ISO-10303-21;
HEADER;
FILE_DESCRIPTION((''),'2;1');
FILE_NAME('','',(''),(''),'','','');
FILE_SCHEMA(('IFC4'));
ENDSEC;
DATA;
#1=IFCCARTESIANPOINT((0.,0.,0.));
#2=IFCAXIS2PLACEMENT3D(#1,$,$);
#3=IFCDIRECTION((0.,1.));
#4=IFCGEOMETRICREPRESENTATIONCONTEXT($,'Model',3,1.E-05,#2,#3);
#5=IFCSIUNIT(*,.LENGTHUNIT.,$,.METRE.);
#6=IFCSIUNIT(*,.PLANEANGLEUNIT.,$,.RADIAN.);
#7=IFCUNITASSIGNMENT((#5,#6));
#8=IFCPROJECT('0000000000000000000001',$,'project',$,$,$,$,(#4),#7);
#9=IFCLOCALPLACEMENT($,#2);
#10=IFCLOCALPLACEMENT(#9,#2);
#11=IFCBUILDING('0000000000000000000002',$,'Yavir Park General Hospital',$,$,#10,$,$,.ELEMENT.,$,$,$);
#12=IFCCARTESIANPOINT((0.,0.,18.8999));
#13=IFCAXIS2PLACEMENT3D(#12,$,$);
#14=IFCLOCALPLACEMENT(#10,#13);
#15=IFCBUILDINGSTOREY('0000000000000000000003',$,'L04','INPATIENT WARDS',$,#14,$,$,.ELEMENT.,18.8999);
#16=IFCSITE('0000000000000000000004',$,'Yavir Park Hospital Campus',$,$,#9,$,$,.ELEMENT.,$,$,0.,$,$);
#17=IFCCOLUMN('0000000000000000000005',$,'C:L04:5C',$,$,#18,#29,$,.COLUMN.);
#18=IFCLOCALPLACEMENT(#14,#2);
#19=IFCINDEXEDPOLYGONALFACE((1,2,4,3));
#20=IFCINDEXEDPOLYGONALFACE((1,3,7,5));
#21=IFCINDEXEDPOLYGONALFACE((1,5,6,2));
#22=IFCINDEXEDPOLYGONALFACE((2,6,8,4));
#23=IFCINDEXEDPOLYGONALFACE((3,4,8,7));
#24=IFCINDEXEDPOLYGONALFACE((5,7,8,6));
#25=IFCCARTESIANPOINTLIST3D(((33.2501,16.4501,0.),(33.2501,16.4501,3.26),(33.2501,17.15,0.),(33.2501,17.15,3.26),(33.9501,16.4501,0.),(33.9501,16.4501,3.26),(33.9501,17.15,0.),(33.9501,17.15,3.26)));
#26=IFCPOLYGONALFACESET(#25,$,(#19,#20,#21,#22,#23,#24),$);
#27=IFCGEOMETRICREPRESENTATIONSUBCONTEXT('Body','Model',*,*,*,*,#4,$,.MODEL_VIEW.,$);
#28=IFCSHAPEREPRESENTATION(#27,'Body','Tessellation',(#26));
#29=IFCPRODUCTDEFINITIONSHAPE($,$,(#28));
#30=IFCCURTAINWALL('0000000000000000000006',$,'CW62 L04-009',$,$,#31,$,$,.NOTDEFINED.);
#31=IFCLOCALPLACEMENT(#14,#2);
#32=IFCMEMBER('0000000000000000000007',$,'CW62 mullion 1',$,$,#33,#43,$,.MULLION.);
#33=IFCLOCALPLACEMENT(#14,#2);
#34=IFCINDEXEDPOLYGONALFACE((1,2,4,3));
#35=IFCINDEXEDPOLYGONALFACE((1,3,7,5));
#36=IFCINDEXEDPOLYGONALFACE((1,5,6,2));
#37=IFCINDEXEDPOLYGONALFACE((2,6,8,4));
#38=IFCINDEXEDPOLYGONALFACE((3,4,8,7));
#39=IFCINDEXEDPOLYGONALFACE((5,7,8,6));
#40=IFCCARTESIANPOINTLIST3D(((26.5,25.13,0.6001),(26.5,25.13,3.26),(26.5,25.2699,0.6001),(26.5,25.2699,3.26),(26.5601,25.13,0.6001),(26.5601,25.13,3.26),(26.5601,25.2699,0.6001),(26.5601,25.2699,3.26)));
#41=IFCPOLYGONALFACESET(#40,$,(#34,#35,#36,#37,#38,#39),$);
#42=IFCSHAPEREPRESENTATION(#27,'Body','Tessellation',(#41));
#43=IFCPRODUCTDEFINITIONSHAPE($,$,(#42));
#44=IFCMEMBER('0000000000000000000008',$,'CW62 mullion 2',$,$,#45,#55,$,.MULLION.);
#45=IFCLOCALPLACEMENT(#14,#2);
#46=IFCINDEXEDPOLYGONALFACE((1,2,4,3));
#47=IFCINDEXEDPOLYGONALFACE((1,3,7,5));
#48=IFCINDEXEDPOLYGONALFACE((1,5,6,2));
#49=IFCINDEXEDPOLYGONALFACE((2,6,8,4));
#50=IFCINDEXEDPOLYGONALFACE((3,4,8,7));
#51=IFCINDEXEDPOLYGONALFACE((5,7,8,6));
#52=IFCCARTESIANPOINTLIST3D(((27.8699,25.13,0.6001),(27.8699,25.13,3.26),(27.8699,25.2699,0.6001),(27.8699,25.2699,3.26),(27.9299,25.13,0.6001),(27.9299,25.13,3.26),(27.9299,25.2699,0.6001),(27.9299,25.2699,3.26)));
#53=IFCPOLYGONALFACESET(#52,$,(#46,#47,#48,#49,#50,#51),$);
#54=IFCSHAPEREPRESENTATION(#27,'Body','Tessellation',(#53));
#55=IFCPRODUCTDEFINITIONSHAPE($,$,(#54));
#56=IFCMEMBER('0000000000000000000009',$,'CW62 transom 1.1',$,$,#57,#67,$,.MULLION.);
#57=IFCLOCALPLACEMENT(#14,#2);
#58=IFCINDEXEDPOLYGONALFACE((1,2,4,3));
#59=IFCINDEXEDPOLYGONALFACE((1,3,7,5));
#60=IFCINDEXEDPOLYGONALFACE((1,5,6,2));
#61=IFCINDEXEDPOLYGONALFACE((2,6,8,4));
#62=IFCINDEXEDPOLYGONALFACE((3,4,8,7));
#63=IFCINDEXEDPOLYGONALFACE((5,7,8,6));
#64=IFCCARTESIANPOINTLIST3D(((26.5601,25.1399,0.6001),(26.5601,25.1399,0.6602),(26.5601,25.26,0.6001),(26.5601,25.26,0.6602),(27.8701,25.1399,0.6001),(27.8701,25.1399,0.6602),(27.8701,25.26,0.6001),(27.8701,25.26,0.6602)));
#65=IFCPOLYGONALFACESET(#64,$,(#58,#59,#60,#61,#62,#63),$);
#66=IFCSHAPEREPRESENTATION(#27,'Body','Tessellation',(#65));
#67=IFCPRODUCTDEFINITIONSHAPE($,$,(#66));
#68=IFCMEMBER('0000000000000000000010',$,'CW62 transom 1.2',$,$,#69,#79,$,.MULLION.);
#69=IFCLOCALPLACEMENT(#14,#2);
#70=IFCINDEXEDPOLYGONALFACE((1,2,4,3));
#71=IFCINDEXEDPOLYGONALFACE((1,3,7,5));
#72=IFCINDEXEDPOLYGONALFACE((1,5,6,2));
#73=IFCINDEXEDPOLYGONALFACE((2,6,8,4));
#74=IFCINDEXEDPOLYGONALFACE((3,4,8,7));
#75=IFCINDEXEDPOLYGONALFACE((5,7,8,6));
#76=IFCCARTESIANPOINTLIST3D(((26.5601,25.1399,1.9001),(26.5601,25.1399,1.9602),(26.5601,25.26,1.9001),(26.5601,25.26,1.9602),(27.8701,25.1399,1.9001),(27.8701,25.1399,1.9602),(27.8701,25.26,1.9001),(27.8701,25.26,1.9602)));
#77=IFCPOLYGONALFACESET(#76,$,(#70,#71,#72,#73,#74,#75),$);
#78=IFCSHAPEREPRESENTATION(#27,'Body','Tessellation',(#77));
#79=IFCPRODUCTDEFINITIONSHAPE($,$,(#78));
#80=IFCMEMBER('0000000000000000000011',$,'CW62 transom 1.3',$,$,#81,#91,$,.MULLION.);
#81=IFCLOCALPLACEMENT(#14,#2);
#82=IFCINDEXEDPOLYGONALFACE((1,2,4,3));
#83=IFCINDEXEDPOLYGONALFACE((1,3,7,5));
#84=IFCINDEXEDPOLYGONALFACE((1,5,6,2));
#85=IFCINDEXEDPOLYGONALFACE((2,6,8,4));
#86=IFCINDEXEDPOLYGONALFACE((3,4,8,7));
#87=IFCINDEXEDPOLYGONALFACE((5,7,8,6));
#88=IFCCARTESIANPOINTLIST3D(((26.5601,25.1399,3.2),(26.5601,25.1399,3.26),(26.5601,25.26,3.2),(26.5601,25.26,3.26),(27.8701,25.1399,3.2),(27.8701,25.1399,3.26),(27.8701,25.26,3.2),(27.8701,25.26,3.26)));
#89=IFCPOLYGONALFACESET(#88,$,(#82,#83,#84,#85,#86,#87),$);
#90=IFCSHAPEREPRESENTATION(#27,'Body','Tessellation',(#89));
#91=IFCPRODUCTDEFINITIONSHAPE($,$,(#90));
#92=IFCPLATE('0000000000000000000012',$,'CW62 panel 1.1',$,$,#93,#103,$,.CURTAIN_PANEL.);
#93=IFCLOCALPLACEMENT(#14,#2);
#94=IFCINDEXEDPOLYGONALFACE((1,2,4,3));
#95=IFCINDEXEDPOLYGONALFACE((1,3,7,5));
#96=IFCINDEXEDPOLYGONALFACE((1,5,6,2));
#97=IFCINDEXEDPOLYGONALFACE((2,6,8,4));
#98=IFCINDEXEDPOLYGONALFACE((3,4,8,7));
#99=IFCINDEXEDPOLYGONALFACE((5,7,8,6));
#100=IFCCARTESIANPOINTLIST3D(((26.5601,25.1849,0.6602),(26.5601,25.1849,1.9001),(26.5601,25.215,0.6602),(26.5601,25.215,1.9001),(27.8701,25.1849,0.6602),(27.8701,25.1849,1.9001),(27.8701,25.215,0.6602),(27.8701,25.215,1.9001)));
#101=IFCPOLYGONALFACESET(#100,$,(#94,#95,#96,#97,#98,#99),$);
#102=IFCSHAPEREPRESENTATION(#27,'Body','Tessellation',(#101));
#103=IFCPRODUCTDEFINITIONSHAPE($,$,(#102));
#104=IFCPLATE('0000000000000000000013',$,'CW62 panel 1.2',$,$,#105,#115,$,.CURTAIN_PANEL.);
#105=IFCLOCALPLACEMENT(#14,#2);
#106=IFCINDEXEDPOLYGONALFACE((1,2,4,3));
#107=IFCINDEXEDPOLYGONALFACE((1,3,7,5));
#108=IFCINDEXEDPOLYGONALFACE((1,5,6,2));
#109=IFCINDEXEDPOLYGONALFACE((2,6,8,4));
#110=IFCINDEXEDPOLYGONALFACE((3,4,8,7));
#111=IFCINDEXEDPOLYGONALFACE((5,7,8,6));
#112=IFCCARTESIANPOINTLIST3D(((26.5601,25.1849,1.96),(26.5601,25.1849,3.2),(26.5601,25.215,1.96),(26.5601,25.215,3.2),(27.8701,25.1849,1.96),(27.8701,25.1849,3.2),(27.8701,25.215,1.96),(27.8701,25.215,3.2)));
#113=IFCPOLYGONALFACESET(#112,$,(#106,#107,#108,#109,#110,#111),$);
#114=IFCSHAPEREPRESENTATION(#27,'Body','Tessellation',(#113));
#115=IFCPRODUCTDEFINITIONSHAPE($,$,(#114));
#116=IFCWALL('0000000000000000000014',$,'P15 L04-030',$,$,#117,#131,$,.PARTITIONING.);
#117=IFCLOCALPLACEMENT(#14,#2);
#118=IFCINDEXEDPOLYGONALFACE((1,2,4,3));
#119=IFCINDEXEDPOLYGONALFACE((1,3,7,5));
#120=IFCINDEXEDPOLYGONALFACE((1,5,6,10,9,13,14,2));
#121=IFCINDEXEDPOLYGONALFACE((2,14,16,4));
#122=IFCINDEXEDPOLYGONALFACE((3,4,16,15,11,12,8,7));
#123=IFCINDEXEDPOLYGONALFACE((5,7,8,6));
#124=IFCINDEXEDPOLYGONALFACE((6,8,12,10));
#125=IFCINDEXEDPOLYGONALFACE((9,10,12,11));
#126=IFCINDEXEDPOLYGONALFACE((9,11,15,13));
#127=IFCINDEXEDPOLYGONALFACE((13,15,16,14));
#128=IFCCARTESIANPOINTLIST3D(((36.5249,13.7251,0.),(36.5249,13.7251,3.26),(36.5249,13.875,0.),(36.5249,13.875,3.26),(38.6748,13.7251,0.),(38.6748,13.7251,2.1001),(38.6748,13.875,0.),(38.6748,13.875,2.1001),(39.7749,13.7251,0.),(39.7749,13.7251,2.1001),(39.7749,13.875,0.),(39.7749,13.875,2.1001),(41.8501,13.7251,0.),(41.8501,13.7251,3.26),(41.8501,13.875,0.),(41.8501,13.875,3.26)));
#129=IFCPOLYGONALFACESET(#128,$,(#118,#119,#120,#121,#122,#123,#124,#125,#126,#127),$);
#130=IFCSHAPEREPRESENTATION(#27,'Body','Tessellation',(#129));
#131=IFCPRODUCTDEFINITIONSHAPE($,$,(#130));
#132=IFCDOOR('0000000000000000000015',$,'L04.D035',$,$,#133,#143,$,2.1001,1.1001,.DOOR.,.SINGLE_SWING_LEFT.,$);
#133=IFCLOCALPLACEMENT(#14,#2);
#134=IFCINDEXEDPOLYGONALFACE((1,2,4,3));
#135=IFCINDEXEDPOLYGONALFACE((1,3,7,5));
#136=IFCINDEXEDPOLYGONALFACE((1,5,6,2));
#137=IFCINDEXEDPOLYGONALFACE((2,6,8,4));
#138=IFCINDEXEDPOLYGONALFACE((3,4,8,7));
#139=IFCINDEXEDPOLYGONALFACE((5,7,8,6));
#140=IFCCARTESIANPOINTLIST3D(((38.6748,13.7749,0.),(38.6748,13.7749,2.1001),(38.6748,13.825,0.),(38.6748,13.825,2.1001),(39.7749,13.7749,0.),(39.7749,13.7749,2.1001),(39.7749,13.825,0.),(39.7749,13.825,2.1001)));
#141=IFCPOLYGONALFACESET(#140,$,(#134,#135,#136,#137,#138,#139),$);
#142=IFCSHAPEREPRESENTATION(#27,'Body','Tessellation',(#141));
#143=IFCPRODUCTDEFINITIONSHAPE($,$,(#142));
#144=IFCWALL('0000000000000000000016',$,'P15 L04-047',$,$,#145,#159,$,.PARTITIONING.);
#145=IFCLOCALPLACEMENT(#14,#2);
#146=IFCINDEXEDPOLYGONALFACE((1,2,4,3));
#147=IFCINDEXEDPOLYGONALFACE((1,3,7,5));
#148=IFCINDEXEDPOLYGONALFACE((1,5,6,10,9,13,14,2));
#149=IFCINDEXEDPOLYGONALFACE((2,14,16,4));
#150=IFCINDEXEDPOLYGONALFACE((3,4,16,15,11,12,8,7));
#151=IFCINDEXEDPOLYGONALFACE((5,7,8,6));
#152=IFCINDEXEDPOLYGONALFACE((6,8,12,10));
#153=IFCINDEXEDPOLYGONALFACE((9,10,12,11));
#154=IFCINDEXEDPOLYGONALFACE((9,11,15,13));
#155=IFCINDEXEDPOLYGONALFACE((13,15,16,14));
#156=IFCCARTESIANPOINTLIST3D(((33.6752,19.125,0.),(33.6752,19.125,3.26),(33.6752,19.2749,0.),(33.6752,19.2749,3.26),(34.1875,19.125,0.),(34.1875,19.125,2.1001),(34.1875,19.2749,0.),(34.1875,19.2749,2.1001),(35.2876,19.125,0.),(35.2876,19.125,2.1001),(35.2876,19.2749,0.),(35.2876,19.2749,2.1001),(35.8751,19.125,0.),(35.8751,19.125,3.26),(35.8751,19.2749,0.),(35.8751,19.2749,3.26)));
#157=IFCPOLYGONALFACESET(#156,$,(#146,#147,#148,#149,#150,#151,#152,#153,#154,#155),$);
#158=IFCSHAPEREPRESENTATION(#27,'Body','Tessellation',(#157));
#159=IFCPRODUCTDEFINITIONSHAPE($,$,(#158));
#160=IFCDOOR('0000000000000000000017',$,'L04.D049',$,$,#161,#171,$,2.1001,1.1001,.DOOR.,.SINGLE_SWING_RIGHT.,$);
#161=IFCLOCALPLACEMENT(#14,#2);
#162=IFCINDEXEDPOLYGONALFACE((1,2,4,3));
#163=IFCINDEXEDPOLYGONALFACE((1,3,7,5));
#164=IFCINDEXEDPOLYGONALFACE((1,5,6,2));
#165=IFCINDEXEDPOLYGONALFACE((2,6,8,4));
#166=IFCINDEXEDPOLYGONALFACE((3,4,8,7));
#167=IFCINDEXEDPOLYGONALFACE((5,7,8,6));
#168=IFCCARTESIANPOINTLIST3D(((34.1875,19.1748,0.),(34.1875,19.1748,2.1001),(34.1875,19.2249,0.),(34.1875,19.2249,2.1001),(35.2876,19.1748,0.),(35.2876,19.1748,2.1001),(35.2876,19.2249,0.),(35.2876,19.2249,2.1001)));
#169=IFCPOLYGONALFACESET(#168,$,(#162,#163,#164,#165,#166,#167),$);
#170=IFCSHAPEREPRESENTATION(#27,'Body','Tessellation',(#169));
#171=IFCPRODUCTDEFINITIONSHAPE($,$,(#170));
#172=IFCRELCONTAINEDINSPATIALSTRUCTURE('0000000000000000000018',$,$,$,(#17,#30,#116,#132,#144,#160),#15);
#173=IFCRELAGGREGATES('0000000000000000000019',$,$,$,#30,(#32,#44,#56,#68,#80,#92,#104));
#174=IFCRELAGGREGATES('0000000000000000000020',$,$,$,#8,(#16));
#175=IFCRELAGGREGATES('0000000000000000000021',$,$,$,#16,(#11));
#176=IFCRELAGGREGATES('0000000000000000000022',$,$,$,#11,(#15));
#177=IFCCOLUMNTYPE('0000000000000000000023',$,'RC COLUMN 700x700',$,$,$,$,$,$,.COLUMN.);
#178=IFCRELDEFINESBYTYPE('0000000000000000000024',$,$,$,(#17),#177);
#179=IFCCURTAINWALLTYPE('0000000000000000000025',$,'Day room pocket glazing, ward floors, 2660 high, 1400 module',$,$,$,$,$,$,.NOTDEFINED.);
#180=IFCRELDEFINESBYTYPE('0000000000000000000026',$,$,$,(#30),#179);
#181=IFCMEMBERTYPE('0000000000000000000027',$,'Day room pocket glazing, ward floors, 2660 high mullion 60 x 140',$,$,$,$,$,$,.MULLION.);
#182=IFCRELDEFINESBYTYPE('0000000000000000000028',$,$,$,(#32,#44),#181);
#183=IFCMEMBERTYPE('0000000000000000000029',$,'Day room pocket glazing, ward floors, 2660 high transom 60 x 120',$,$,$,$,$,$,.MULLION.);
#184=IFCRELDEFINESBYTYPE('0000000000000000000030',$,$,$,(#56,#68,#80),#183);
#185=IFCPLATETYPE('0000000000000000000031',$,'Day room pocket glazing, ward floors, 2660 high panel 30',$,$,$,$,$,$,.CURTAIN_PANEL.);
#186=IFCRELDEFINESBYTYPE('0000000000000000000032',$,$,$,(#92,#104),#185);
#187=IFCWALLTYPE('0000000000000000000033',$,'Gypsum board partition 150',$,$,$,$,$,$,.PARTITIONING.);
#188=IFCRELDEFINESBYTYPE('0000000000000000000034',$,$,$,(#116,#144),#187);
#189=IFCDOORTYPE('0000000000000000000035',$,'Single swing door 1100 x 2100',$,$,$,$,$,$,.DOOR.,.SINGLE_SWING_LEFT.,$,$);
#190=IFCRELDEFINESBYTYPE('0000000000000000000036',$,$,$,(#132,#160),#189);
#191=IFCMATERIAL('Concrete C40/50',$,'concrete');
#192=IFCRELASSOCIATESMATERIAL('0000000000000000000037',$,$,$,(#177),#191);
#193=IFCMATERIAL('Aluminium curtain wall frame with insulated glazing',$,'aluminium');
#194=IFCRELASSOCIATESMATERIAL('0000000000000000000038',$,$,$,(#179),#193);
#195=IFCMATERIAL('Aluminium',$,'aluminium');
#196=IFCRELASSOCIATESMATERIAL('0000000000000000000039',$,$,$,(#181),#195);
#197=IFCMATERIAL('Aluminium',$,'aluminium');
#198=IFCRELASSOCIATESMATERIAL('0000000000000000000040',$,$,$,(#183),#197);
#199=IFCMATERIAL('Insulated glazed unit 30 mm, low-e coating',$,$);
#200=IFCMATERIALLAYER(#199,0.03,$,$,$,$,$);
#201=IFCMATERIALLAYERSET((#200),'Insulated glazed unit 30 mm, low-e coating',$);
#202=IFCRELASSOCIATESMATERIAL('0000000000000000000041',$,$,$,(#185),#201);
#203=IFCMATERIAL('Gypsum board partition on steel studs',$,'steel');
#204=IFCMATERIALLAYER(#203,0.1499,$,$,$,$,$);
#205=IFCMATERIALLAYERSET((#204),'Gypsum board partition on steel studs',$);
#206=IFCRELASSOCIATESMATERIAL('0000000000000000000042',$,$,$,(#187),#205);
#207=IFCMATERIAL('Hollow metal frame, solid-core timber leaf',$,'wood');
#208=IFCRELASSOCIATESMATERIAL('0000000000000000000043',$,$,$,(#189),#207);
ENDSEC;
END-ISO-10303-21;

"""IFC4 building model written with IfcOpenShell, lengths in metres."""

from ifc_helpers import new_model, si_unit, direction, frame, frame_2d, origin, origin_2d, place, context, subcontext, project, spatial, rectangle, extrude, material, layer, layer_set, material_profile, profile_set, type_object, element, fill, aggregate, save


model = new_model("IFC4")

# Units and contexts
model_context = context("Model", 3, precision=1e-05, world=origin(), true_north=direction((0.0, 1.0)))
body_context = subcontext(model_context, "Body", "Model", "MODEL_VIEW")
ifc_project = project(units=[si_unit("LENGTHUNIT", "METRE"), si_unit("PLANEANGLEUNIT", "RADIAN")], contexts=[model_context])

# Site, building, storey
site_placement = place(None, origin())
site = spatial("IfcSite", under=ifc_project, at=site_placement, Name="Yavir Park Hospital Campus", CompositionType="ELEMENT", RefElevation=0.0)
building_placement = place(site_placement, origin())
building = spatial("IfcBuilding", under=site, at=building_placement, Name="Yavir Park General Hospital", CompositionType="ELEMENT")
storey_placement = place(building_placement, frame((0.0, 0.0, 18.8999)))
storey = spatial("IfcBuildingStorey", under=building, at=storey_placement, Name="L04", Description="INPATIENT WARDS", CompositionType="ELEMENT", Elevation=18.8999)

# Column
ifc_material_1 = material(Name="Concrete C40/50", Category="concrete")
ifc_material_profile_1 = material_profile(ifc_material_1, rectangle(XDim=0.7, YDim=0.7, at=origin_2d()), Name="RC700x700")
ifc_profile_set_1 = profile_set([ifc_material_profile_1], Name="Concrete C40/50")
column_type = type_object("IfcColumnType", Name="RC COLUMN 700x700", PredefinedType="COLUMN", material=ifc_profile_set_1)
column_placement = place(storey_placement, frame((33.6001, 16.8, 0.0), z_axis=(0.0, 0.0, 1.0), x_axis=(1.0, 0.0, 0.0)))
element("IfcColumn", 1, at=column_placement, inside=storey, type_object=column_type, Name="C:L04:5C", PredefinedType="COLUMN", context=body_context, shape_type="SweptSolid", body=[
    extrude(rectangle(XDim=0.7, YDim=0.7, at=origin_2d()), origin(), (0.0, 0.0, 1.0), 3.26),
])

# Curtain wall, members, plates
ifc_material_2 = material(Name="Aluminium curtain wall frame with insulated glazing", Category="aluminium")
curtain_wall_type = type_object("IfcCurtainWallType", Name="Day room pocket glazing, ward floors, 2660 high, 1400 module", PredefinedType="NOTDEFINED", material=ifc_material_2)
curtain_wall_placement = place(storey_placement, origin())
curtain_wall = element("IfcCurtainWall", 2, at=curtain_wall_placement, inside=storey, type_object=curtain_wall_type, Name="CW62 L04-009", PredefinedType="NOTDEFINED")
ifc_material_3 = material(Name="Aluminium", Category="aluminium")
ifc_material_profile_2 = material_profile(ifc_material_3, rectangle(XDim=0.1399, YDim=0.0601, at=origin_2d()), Name="AL 60x140")
ifc_profile_set_2 = profile_set([ifc_material_profile_2], Name="Aluminium")
member_type_1 = type_object("IfcMemberType", Name="Day room pocket glazing, ward floors, 2660 high mullion 60 x 140", PredefinedType="MULLION", material=ifc_profile_set_2)
member_1_placement = place(storey_placement, frame((26.53, 25.2, 0.6001), z_axis=(0.0, 0.0, 1.0), x_axis=(0.0, 1.0, 0.0)))
member_1 = element("IfcMember", 3, at=member_1_placement, type_object=member_type_1, Name="CW62 mullion 1", PredefinedType="MULLION", context=body_context, shape_type="SweptSolid", body=[
    extrude(rectangle(XDim=0.1399, YDim=0.0601, at=origin_2d()), origin(), (0.0, 0.0, 1.0), 2.6599),
])
member_2_placement = place(storey_placement, frame((27.8999, 25.2, 0.6001), z_axis=(0.0, 0.0, 1.0), x_axis=(0.0, 1.0, 0.0)))
member_2 = element("IfcMember", 4, at=member_2_placement, type_object=member_type_1, Name="CW62 mullion 2", PredefinedType="MULLION", context=body_context, shape_type="SweptSolid", body=[
    extrude(rectangle(XDim=0.1399, YDim=0.0601, at=origin_2d()), origin(), (0.0, 0.0, 1.0), 2.6599),
])
ifc_material_4 = material(Name="Aluminium", Category="aluminium")
ifc_material_profile_3 = material_profile(ifc_material_4, rectangle(XDim=0.1201, YDim=0.0601, at=origin_2d()), Name="AL 120x60")
ifc_profile_set_3 = profile_set([ifc_material_profile_3], Name="Aluminium")
member_type_2 = type_object("IfcMemberType", Name="Day room pocket glazing, ward floors, 2660 high transom 60 x 120", PredefinedType="MULLION", material=ifc_profile_set_3)
member_3_placement = place(storey_placement, frame((26.5601, 25.2, 0.6301), z_axis=(1.0, 0.0, 0.0), x_axis=(0.0, 1.0, 0.0)))
member_3 = element("IfcMember", 5, at=member_3_placement, type_object=member_type_2, Name="CW62 transom 1.1", PredefinedType="MULLION", context=body_context, shape_type="SweptSolid", body=[
    extrude(rectangle(XDim=0.1201, YDim=0.0601, at=origin_2d()), origin(), (0.0, 0.0, 1.0), 1.3101),
])
member_4_placement = place(storey_placement, frame((26.5601, 25.2, 1.9302), z_axis=(1.0, 0.0, 0.0), x_axis=(0.0, 1.0, 0.0)))
member_4 = element("IfcMember", 6, at=member_4_placement, type_object=member_type_2, Name="CW62 transom 1.2", PredefinedType="MULLION", context=body_context, shape_type="SweptSolid", body=[
    extrude(rectangle(XDim=0.1201, YDim=0.0601, at=origin_2d()), origin(), (0.0, 0.0, 1.0), 1.3101),
])
member_5_placement = place(storey_placement, frame((26.5601, 25.2, 3.23), z_axis=(1.0, 0.0, 0.0), x_axis=(0.0, 1.0, 0.0)))
member_5 = element("IfcMember", 7, at=member_5_placement, type_object=member_type_2, Name="CW62 transom 1.3", PredefinedType="MULLION", context=body_context, shape_type="SweptSolid", body=[
    extrude(rectangle(XDim=0.1201, YDim=0.0601, at=origin_2d()), origin(), (0.0, 0.0, 1.0), 1.3101),
])
ifc_material_5 = material(Name="Insulated glazed unit 30 mm, low-e coating")
ifc_layer_1 = layer(ifc_material_5, 0.03)
ifc_layer_set_1 = layer_set([ifc_layer_1], Name="Insulated glazed unit 30 mm, low-e coating")
plate_type = type_object("IfcPlateType", Name="Day room pocket glazing, ward floors, 2660 high panel 30", PredefinedType="CURTAIN_PANEL", material=ifc_layer_set_1)
plate_1_placement = place(storey_placement, frame((27.2151, 25.2, 0.6602), z_axis=(0.0, 0.0, 1.0), x_axis=(1.0, 0.0, 0.0)))
plate_1 = element("IfcPlate", 8, at=plate_1_placement, type_object=plate_type, Name="CW62 panel 1.1", PredefinedType="CURTAIN_PANEL", context=body_context, shape_type="SweptSolid", body=[
    extrude(rectangle(XDim=1.3101, YDim=0.03, at=origin_2d()), origin(), (0.0, 0.0, 1.0), 1.24),
])
plate_2_placement = place(storey_placement, frame((27.2151, 25.2, 1.96), z_axis=(0.0, 0.0, 1.0), x_axis=(1.0, 0.0, 0.0)))
plate_2 = element("IfcPlate", 9, at=plate_2_placement, type_object=plate_type, Name="CW62 panel 1.2", PredefinedType="CURTAIN_PANEL", context=body_context, shape_type="SweptSolid", body=[
    extrude(rectangle(XDim=1.3101, YDim=0.03, at=origin_2d()), origin(), (0.0, 0.0, 1.0), 1.24),
])
aggregate(curtain_wall, [member_1, member_2, member_3, member_4, member_5, plate_1, plate_2])

# Wall, opening, door
ifc_material_6 = material(Name="Gypsum board partition on steel studs", Category="steel")
ifc_layer_2 = layer(ifc_material_6, 0.1499)
ifc_layer_set_2 = layer_set([ifc_layer_2], Name="Gypsum board partition on steel studs")
wall_type_1 = type_object("IfcWallType", Name="Gypsum board partition 150", PredefinedType="PARTITIONING", material=ifc_layer_set_2)
wall_1_placement = place(storey_placement, frame((36.5249, 13.8, 0.0), z_axis=(0.0, 0.0, 1.0), x_axis=(1.0, 0.0, 0.0)))
wall_1 = element("IfcWall", 10, at=wall_1_placement, inside=storey, type_object=wall_type_1, Name="P15 L04-030", PredefinedType="PARTITIONING", context=body_context, shape_type="SweptSolid", body=[
    extrude(rectangle(XDim=5.3252, YDim=0.1499, at=frame_2d((2.6626, 0.0))), origin(), (0.0, 0.0, 1.0), 3.26),
])
opening_1_placement = place(wall_1_placement, frame((2.1499, 0.0, 0.0)))
opening_1 = element("IfcOpeningElement", 11, at=opening_1_placement, cuts=wall_1, PredefinedType="OPENING", context=body_context, shape_type="SweptSolid", body=[
    extrude(rectangle(XDim=1.1001, YDim=2.1001, at=frame_2d((0.55, 1.05))), frame((0.0, 0.085, 0.0), z_axis=(0.0, -1.0, 0.0), x_axis=(1.0, 0.0, 0.0)), (0.0, 0.0, 1.0), 0.1699),
])
ifc_material_7 = material(Name="Hollow metal frame, solid-core timber leaf", Category="wood")
door_type_1 = type_object("IfcDoorType", Name="Single swing door 1100 x 2100", OperationType="SINGLE_SWING_LEFT", PredefinedType="DOOR", material=ifc_material_7)
door_1_placement = place(opening_1_placement, origin())
door_1 = element("IfcDoor", 12, at=door_1_placement, inside=storey, type_object=door_type_1, Name="L04.D035", OperationType="SINGLE_SWING_LEFT", OverallHeight=2.1001, OverallWidth=1.1001, PredefinedType="DOOR", context=body_context, shape_type="SweptSolid", body=[
    extrude(rectangle(XDim=1.1001, YDim=2.1001, at=frame_2d((0.55, 1.05))), frame((0.0, 0.0249, 0.0), z_axis=(0.0, -1.0, 0.0), x_axis=(1.0, 0.0, 0.0)), (0.0, 0.0, 1.0), 0.05),
])
fill(opening_1, door_1)

# Wall, opening, door
wall_2_placement = place(storey_placement, frame((33.675, 19.2, 0.0), z_axis=(0.0, 0.0, 1.0), x_axis=(1.0, 0.0, 0.0)))
wall_2 = element("IfcWall", 13, at=wall_2_placement, inside=storey, type_object=wall_type_1, Name="P15 L04-047", PredefinedType="PARTITIONING", context=body_context, shape_type="SweptSolid", body=[
    extrude(rectangle(XDim=2.2, YDim=0.1499, at=frame_2d((1.1001, 0.0))), origin(), (0.0, 0.0, 1.0), 3.26),
])
opening_2_placement = place(wall_2_placement, frame((0.5125, 0.0, 0.0)))
opening_2 = element("IfcOpeningElement", 14, at=opening_2_placement, cuts=wall_2, PredefinedType="OPENING", context=body_context, shape_type="SweptSolid", body=[
    extrude(rectangle(XDim=1.1001, YDim=2.1001, at=frame_2d((0.55, 1.05))), frame((0.0, 0.085, 0.0), z_axis=(0.0, -1.0, 0.0), x_axis=(1.0, 0.0, 0.0)), (0.0, 0.0, 1.0), 0.1699),
])
door_2_placement = place(opening_2_placement, origin())
door_2 = element("IfcDoor", 15, at=door_2_placement, inside=storey, type_object=door_type_1, Name="L04.D049", OperationType="SINGLE_SWING_RIGHT", OverallHeight=2.1001, OverallWidth=1.1001, PredefinedType="DOOR", context=body_context, shape_type="SweptSolid", body=[
    extrude(rectangle(XDim=1.1001, YDim=2.1001, at=frame_2d((0.55, 1.05))), frame((0.0, 0.0249, 0.0), z_axis=(0.0, -1.0, 0.0), x_axis=(1.0, 0.0, 0.0)), (0.0, 0.0, 1.0), 0.05),
])
fill(opening_2, door_2)

save(model, "model.ifc")
